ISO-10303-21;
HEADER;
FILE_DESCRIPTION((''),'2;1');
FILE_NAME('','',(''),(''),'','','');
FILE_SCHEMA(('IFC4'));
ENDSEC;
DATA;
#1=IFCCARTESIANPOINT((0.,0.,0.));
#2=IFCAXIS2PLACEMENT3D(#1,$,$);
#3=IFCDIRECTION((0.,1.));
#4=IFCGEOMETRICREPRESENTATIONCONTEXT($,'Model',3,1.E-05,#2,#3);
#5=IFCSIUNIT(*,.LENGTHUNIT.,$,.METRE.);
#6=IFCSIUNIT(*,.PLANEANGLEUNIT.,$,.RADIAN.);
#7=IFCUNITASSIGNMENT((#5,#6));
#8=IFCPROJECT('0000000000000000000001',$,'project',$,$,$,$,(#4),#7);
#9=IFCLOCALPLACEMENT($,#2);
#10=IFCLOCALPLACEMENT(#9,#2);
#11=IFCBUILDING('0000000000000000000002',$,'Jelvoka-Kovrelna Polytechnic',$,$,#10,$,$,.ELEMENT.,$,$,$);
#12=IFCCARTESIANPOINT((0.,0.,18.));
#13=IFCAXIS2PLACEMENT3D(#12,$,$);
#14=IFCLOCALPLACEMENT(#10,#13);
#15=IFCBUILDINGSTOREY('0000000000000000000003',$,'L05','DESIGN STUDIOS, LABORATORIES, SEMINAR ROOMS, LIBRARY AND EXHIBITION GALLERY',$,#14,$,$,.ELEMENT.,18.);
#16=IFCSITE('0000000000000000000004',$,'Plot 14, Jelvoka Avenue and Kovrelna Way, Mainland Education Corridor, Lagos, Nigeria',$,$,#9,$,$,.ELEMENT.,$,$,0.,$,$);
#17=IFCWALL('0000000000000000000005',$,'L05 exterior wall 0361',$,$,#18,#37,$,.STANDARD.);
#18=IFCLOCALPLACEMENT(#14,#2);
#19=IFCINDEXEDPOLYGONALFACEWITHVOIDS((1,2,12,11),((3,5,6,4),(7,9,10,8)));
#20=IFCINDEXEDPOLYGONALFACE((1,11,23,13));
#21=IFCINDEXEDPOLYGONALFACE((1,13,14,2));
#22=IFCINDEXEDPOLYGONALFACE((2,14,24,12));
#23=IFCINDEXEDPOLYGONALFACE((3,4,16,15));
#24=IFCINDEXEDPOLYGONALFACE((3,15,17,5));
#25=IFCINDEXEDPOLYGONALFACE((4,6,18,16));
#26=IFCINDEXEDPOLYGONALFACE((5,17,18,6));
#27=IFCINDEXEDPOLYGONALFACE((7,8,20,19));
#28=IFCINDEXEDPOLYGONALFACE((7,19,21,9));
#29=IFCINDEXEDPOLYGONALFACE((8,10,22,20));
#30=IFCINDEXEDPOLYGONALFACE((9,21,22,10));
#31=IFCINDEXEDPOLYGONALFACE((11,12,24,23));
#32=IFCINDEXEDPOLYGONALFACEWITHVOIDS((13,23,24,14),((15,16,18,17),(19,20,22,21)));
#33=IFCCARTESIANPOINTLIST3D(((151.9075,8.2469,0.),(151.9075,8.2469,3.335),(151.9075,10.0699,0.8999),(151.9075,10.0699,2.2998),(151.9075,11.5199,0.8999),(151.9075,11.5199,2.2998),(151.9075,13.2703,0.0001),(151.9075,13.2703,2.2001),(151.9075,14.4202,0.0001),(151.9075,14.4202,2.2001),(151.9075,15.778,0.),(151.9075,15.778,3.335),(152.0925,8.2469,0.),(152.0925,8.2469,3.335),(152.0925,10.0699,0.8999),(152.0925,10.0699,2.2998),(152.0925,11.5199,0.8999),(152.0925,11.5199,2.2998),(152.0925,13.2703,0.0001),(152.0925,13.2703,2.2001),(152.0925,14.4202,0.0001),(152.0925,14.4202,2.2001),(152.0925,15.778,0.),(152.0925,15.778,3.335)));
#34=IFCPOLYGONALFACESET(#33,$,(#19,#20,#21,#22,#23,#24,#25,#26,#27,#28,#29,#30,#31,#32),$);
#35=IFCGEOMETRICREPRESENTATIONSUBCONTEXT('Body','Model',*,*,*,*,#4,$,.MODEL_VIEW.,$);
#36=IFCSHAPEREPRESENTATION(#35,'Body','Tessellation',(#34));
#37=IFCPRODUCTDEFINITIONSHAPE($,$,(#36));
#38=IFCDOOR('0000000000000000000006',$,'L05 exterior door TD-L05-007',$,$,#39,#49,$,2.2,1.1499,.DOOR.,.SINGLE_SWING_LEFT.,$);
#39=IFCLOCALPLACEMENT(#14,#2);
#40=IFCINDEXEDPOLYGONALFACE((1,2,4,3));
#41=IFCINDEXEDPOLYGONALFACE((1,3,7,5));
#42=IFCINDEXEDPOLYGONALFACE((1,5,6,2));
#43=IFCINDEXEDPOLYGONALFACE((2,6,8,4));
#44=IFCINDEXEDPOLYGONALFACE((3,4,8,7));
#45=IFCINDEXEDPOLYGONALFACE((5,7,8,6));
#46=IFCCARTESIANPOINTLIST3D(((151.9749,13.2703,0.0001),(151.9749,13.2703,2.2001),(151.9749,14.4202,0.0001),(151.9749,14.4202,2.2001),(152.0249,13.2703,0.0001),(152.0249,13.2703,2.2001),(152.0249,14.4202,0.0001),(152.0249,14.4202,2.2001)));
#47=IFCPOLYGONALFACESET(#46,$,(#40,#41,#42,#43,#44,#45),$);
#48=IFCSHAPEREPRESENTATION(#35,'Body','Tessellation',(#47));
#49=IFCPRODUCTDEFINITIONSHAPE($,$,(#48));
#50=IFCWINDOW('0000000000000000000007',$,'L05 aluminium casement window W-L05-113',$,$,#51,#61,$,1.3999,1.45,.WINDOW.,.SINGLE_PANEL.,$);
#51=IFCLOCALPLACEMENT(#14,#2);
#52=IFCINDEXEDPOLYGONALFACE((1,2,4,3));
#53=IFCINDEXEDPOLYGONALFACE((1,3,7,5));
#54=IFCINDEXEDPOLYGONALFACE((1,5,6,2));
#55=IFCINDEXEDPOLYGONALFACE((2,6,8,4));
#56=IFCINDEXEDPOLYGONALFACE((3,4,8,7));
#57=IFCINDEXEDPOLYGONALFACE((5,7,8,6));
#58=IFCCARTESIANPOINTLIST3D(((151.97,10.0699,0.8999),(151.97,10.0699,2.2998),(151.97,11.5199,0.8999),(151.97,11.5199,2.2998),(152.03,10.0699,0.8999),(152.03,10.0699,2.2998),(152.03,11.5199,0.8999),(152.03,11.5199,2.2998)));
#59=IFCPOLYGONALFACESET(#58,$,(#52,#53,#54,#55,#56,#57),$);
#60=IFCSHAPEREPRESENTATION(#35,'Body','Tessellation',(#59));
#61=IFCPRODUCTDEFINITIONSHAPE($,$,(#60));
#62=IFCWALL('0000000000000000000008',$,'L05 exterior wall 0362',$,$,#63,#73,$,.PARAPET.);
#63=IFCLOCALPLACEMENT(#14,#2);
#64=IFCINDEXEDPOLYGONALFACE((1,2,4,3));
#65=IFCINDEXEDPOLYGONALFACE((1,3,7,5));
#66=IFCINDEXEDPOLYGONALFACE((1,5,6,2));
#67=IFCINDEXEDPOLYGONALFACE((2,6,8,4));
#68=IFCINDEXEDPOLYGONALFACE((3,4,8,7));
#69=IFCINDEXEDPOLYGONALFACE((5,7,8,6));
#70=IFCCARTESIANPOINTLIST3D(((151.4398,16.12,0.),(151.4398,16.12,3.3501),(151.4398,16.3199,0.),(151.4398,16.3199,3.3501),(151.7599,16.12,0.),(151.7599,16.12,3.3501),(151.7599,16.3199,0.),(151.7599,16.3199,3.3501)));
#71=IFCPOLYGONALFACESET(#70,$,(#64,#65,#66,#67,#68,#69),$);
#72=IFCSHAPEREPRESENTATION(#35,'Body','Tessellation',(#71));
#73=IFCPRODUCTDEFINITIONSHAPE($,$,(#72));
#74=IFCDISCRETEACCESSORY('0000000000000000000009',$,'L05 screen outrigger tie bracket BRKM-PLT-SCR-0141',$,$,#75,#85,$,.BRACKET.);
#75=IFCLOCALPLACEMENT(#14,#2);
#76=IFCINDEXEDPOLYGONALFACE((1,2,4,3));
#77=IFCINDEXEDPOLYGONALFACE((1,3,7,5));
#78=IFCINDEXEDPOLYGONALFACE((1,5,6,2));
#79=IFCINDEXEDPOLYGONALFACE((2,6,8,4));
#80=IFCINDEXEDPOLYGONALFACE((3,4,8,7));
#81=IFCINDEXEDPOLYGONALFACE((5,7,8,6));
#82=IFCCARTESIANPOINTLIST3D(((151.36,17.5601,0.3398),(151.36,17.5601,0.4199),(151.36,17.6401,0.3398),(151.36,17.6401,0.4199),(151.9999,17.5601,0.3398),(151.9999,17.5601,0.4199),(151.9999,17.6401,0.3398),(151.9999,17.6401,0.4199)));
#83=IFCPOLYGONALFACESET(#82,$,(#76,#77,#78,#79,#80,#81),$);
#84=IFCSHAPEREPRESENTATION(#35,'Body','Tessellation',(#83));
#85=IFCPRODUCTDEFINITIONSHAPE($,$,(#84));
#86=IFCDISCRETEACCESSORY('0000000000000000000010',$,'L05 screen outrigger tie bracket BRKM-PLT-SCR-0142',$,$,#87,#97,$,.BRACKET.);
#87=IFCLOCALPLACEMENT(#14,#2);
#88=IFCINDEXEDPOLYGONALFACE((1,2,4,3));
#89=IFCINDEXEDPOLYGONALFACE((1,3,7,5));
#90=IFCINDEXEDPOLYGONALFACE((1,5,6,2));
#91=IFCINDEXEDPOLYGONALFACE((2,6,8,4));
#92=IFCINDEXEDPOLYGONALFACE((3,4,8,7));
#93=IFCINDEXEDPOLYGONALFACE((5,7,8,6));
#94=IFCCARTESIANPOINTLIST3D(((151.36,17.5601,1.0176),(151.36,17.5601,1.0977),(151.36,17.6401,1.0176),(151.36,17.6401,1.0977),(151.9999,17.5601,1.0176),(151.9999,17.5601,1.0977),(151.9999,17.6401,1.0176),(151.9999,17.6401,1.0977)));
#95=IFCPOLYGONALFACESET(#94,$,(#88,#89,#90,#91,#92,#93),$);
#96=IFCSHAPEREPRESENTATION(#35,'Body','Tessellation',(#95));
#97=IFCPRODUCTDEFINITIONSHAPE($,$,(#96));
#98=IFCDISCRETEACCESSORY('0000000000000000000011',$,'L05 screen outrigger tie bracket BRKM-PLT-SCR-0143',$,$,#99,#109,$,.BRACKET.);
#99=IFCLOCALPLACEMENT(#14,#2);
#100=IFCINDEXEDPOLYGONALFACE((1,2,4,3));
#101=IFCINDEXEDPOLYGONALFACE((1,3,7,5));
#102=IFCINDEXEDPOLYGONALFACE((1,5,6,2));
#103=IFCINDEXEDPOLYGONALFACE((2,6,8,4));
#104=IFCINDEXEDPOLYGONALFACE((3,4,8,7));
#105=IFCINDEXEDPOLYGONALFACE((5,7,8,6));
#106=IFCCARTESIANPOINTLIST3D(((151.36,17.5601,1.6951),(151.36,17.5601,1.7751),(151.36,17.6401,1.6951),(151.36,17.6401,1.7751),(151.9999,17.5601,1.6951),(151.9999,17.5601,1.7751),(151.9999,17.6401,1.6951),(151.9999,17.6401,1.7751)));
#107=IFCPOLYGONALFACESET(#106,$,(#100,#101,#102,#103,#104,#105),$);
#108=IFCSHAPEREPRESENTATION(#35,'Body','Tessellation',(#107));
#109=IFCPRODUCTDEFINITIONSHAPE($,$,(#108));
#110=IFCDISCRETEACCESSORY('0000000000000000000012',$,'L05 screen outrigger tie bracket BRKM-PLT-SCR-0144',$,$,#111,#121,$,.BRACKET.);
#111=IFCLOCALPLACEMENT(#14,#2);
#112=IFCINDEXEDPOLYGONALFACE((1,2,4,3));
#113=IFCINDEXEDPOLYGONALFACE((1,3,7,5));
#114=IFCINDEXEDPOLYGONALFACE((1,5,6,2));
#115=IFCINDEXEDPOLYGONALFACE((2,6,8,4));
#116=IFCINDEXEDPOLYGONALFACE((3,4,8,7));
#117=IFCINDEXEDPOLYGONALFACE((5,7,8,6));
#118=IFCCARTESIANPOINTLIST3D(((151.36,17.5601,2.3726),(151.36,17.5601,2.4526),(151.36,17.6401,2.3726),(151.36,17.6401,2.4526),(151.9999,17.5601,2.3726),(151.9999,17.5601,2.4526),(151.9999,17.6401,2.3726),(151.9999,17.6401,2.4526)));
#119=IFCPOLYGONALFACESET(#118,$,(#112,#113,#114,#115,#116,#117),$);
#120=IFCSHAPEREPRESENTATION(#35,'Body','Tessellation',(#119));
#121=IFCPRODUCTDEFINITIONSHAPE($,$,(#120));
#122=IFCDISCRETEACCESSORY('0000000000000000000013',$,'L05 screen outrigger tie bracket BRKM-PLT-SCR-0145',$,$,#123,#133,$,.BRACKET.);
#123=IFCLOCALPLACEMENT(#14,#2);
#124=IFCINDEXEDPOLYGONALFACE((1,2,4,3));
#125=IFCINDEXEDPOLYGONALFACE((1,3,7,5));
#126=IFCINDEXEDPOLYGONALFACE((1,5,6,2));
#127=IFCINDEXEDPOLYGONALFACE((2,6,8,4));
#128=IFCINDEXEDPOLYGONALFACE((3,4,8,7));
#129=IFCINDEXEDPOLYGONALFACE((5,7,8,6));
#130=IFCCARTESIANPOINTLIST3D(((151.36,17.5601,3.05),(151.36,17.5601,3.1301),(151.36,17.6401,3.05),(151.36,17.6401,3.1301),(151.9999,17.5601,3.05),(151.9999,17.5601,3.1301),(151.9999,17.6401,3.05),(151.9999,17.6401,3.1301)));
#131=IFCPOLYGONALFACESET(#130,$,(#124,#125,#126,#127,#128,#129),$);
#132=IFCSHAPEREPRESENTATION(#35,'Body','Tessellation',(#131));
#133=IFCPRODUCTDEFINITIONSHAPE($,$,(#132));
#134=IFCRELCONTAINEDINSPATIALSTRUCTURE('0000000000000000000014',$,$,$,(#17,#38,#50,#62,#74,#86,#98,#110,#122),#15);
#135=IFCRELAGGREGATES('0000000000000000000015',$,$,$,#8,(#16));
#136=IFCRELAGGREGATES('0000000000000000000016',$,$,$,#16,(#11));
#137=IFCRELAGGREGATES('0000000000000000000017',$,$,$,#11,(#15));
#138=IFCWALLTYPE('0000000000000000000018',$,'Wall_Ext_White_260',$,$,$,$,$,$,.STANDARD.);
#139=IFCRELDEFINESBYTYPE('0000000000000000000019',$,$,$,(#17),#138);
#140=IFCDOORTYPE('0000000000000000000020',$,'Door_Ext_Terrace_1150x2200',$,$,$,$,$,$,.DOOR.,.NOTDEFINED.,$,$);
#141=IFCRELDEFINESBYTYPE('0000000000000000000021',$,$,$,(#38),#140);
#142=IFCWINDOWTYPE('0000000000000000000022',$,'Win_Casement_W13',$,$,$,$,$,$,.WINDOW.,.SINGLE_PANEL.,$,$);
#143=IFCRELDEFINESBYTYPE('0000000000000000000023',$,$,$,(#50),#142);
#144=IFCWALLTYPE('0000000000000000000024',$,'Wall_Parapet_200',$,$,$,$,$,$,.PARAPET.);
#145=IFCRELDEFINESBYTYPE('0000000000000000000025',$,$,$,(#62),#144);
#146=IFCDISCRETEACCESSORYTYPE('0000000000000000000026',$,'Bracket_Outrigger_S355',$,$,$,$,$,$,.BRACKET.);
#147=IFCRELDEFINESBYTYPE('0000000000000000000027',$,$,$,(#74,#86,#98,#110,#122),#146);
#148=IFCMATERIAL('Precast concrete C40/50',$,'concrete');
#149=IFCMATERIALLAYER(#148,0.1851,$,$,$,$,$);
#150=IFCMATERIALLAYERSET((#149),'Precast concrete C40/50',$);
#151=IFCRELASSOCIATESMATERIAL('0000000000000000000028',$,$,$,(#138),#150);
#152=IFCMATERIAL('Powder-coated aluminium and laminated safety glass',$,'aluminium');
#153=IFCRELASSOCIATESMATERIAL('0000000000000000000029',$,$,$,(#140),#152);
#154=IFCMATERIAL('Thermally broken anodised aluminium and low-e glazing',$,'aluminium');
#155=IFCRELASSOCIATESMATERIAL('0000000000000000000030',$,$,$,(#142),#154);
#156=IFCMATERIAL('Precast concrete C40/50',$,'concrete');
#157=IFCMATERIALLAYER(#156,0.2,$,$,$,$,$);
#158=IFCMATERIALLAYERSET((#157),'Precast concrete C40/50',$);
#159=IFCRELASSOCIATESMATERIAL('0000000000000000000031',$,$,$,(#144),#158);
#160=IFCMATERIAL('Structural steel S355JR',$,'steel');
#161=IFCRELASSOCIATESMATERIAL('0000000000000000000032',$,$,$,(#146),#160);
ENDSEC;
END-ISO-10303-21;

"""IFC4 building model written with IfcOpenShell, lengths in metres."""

from ifc_helpers import new_model, si_unit, direction, frame, frame_2d, origin, origin_2d, place, context, subcontext, project, spatial, rectangle, extrude, material, layer, layer_set, type_object, element, fill, save


model = new_model("IFC4")

# Units and contexts
model_context = context("Model", 3, precision=1e-05, world=origin(), true_north=direction((0.0, 1.0)))
body_context = subcontext(model_context, "Body", "Model", "MODEL_VIEW")
ifc_project = project(units=[si_unit("LENGTHUNIT", "METRE"), si_unit("PLANEANGLEUNIT", "RADIAN")], contexts=[model_context])

# Site, building, storey
site_placement = place(None, origin())
site = spatial("IfcSite", under=ifc_project, at=site_placement, Name="Plot 14, Jelvoka Avenue and Kovrelna Way, Mainland Education Corridor, Lagos, Nigeria", CompositionType="ELEMENT", RefElevation=0.0)
building_placement = place(site_placement, origin())
building = spatial("IfcBuilding", under=site, at=building_placement, Name="Jelvoka-Kovrelna Polytechnic", CompositionType="ELEMENT")
storey_placement = place(building_placement, frame((0.0, 0.0, 18.0)))
storey = spatial("IfcBuildingStorey", under=building, at=storey_placement, Name="L05", Description="DESIGN STUDIOS, LABORATORIES, SEMINAR ROOMS, LIBRARY AND EXHIBITION GALLERY", CompositionType="ELEMENT", Elevation=18.0)

# Shared definitions
ifc_material_1 = material(Name="Precast concrete C40/50", Category="concrete")
ifc_layer_1 = layer(ifc_material_1, 0.1851)
ifc_layer_set_1 = layer_set([ifc_layer_1], Name="Precast concrete C40/50")
wall_type_1 = type_object("IfcWallType", Name="Wall_Ext_White_260", PredefinedType="STANDARD", material=ifc_layer_set_1)

# Wall, openings, door, window
wall_1_placement = place(storey_placement, frame((152.0, 15.7781, 0.0), z_axis=(0.0, 0.0, 1.0), x_axis=(0.0, -1.0, 0.0)))
wall_1 = element("IfcWall", 1, at=wall_1_placement, inside=storey, type_object=wall_type_1, Name="L05 exterior wall 0361", PredefinedType="STANDARD", context=body_context, shape_type="SweptSolid", body=[
    extrude(rectangle(XDim=7.531, YDim=0.1851, at=frame_2d((3.7656, 0.0))), origin(), (0.0, 0.0, 1.0), 3.335),
])
opening_1_placement = place(wall_1_placement, frame((1.3579, 0.0, 0.0)))
opening_1 = element("IfcOpeningElement", 2, at=opening_1_placement, cuts=wall_1, PredefinedType="OPENING", context=body_context, shape_type="SweptSolid", body=[
    extrude(rectangle(XDim=1.1499, YDim=2.2, at=frame_2d((0.575, 1.1001))), frame((0.0, 0.1025, 0.0), z_axis=(0.0, -1.0, 0.0), x_axis=(1.0, 0.0, 0.0)), (0.0, 0.0, 1.0), 0.2051),
])
opening_2_placement = place(wall_1_placement, frame((4.2581, 0.0, 0.8999)))
opening_2 = element("IfcOpeningElement", 3, at=opening_2_placement, cuts=wall_1, PredefinedType="OPENING", context=body_context, shape_type="SweptSolid", body=[
    extrude(rectangle(XDim=1.45, YDim=1.3999, at=frame_2d((0.7251, 0.7))), frame((0.0, 0.1025, 0.0), z_axis=(0.0, -1.0, 0.0), x_axis=(1.0, 0.0, 0.0)), (0.0, 0.0, 1.0), 0.2051),
])
ifc_material_2 = material(Name="Powder-coated aluminium and laminated safety glass", Category="aluminium")
door_type = type_object("IfcDoorType", Name="Door_Ext_Terrace_1150x2200", OperationType="NOTDEFINED", PredefinedType="DOOR", material=ifc_material_2)
door_placement = place(opening_1_placement, origin())
door = element("IfcDoor", 4, at=door_placement, inside=storey, type_object=door_type, Name="L05 exterior door TD-L05-007", OperationType="SINGLE_SWING_LEFT", OverallHeight=2.2, OverallWidth=1.1499, PredefinedType="DOOR", context=body_context, shape_type="SweptSolid", body=[
    extrude(rectangle(XDim=1.1499, YDim=2.2, at=frame_2d((0.575, 1.1001))), frame((0.0, 0.0249, 0.0), z_axis=(0.0, -1.0, 0.0), x_axis=(1.0, 0.0, 0.0)), (0.0, 0.0, 1.0), 0.05),
])
fill(opening_1, door)
ifc_material_3 = material(Name="Thermally broken anodised aluminium and low-e glazing", Category="aluminium")
window_type_1 = type_object("IfcWindowType", Name="Win_Casement_W13", PartitioningType="SINGLE_PANEL", PredefinedType="WINDOW", material=ifc_material_3)
window_1_placement = place(opening_2_placement, origin())
window_1 = element("IfcWindow", 5, at=window_1_placement, inside=storey, type_object=window_type_1, Name="L05 aluminium casement window W-L05-113", OverallHeight=1.3999, OverallWidth=1.45, PartitioningType="SINGLE_PANEL", PredefinedType="WINDOW", context=body_context, shape_type="SweptSolid", body=[
    extrude(rectangle(XDim=1.45, YDim=1.3999, at=frame_2d((0.7251, 0.7))), frame((0.0, 0.03, 0.0), z_axis=(0.0, -1.0, 0.0), x_axis=(1.0, 0.0, 0.0)), (0.0, 0.0, 1.0), 0.0601),
])
fill(opening_2, window_1)

# Wall
ifc_material_4 = material(Name="Precast concrete C40/50", Category="concrete")
ifc_layer_2 = layer(ifc_material_4, 0.2)
ifc_layer_set_2 = layer_set([ifc_layer_2], Name="Precast concrete C40/50")
wall_type_2 = type_object("IfcWallType", Name="Wall_Parapet_200", PredefinedType="PARAPET", material=ifc_layer_set_2)
wall_2_placement = place(storey_placement, frame((151.76, 16.22, 0.0), z_axis=(0.0, 0.0, 1.0), x_axis=(-1.0, 0.0, 0.0)))
element("IfcWall", 6, at=wall_2_placement, inside=storey, type_object=wall_type_2, Name="L05 exterior wall 0362", PredefinedType="PARAPET", context=body_context, shape_type="SweptSolid", body=[
    extrude(rectangle(XDim=0.3201, YDim=0.2, at=frame_2d((0.1602, 0.0))), origin(), (0.0, 0.0, 1.0), 3.3501),
])

# Discrete accessories
ifc_material_5 = material(Name="Structural steel S355JR", Category="steel")
discrete_accessory_type = type_object("IfcDiscreteAccessoryType", Name="Bracket_Outrigger_S355", PredefinedType="BRACKET", material=ifc_material_5)
for number, where, z_axis, x_axis, name in (
    (7, (151.6799, 17.6001, 0.3398), (0.0, 0.0, 1.0), (1.0, 0.0, 0.0), "L05 screen outrigger tie bracket BRKM-PLT-SCR-0141"),
    (8, (151.6799, 17.6001, 1.0176), (0.0, 0.0, 1.0), (1.0, 0.0, 0.0), "L05 screen outrigger tie bracket BRKM-PLT-SCR-0142"),
    (9, (151.6799, 17.6001, 1.6951), (0.0, 0.0, 1.0), (1.0, 0.0, 0.0), "L05 screen outrigger tie bracket BRKM-PLT-SCR-0143"),
    (10, (151.6799, 17.6001, 2.3726), (0.0, 0.0, 1.0), (1.0, 0.0, 0.0), "L05 screen outrigger tie bracket BRKM-PLT-SCR-0144"),
    (11, (151.6799, 17.6001, 3.05), (0.0, 0.0, 1.0), (1.0, 0.0, 0.0), "L05 screen outrigger tie bracket BRKM-PLT-SCR-0145"),
):
    element("IfcDiscreteAccessory", number, at=place(storey_placement, frame(where, z_axis=z_axis, x_axis=x_axis)), inside=storey, type_object=discrete_accessory_type, Name=name, PredefinedType="BRACKET", context=body_context, shape_type="SweptSolid", body=[
        extrude(rectangle(XDim=0.6399, YDim=0.0801, at=origin_2d()), origin(), (0.0, 0.0, 1.0), 0.0801),
    ])

save(model, "model.ifc")
